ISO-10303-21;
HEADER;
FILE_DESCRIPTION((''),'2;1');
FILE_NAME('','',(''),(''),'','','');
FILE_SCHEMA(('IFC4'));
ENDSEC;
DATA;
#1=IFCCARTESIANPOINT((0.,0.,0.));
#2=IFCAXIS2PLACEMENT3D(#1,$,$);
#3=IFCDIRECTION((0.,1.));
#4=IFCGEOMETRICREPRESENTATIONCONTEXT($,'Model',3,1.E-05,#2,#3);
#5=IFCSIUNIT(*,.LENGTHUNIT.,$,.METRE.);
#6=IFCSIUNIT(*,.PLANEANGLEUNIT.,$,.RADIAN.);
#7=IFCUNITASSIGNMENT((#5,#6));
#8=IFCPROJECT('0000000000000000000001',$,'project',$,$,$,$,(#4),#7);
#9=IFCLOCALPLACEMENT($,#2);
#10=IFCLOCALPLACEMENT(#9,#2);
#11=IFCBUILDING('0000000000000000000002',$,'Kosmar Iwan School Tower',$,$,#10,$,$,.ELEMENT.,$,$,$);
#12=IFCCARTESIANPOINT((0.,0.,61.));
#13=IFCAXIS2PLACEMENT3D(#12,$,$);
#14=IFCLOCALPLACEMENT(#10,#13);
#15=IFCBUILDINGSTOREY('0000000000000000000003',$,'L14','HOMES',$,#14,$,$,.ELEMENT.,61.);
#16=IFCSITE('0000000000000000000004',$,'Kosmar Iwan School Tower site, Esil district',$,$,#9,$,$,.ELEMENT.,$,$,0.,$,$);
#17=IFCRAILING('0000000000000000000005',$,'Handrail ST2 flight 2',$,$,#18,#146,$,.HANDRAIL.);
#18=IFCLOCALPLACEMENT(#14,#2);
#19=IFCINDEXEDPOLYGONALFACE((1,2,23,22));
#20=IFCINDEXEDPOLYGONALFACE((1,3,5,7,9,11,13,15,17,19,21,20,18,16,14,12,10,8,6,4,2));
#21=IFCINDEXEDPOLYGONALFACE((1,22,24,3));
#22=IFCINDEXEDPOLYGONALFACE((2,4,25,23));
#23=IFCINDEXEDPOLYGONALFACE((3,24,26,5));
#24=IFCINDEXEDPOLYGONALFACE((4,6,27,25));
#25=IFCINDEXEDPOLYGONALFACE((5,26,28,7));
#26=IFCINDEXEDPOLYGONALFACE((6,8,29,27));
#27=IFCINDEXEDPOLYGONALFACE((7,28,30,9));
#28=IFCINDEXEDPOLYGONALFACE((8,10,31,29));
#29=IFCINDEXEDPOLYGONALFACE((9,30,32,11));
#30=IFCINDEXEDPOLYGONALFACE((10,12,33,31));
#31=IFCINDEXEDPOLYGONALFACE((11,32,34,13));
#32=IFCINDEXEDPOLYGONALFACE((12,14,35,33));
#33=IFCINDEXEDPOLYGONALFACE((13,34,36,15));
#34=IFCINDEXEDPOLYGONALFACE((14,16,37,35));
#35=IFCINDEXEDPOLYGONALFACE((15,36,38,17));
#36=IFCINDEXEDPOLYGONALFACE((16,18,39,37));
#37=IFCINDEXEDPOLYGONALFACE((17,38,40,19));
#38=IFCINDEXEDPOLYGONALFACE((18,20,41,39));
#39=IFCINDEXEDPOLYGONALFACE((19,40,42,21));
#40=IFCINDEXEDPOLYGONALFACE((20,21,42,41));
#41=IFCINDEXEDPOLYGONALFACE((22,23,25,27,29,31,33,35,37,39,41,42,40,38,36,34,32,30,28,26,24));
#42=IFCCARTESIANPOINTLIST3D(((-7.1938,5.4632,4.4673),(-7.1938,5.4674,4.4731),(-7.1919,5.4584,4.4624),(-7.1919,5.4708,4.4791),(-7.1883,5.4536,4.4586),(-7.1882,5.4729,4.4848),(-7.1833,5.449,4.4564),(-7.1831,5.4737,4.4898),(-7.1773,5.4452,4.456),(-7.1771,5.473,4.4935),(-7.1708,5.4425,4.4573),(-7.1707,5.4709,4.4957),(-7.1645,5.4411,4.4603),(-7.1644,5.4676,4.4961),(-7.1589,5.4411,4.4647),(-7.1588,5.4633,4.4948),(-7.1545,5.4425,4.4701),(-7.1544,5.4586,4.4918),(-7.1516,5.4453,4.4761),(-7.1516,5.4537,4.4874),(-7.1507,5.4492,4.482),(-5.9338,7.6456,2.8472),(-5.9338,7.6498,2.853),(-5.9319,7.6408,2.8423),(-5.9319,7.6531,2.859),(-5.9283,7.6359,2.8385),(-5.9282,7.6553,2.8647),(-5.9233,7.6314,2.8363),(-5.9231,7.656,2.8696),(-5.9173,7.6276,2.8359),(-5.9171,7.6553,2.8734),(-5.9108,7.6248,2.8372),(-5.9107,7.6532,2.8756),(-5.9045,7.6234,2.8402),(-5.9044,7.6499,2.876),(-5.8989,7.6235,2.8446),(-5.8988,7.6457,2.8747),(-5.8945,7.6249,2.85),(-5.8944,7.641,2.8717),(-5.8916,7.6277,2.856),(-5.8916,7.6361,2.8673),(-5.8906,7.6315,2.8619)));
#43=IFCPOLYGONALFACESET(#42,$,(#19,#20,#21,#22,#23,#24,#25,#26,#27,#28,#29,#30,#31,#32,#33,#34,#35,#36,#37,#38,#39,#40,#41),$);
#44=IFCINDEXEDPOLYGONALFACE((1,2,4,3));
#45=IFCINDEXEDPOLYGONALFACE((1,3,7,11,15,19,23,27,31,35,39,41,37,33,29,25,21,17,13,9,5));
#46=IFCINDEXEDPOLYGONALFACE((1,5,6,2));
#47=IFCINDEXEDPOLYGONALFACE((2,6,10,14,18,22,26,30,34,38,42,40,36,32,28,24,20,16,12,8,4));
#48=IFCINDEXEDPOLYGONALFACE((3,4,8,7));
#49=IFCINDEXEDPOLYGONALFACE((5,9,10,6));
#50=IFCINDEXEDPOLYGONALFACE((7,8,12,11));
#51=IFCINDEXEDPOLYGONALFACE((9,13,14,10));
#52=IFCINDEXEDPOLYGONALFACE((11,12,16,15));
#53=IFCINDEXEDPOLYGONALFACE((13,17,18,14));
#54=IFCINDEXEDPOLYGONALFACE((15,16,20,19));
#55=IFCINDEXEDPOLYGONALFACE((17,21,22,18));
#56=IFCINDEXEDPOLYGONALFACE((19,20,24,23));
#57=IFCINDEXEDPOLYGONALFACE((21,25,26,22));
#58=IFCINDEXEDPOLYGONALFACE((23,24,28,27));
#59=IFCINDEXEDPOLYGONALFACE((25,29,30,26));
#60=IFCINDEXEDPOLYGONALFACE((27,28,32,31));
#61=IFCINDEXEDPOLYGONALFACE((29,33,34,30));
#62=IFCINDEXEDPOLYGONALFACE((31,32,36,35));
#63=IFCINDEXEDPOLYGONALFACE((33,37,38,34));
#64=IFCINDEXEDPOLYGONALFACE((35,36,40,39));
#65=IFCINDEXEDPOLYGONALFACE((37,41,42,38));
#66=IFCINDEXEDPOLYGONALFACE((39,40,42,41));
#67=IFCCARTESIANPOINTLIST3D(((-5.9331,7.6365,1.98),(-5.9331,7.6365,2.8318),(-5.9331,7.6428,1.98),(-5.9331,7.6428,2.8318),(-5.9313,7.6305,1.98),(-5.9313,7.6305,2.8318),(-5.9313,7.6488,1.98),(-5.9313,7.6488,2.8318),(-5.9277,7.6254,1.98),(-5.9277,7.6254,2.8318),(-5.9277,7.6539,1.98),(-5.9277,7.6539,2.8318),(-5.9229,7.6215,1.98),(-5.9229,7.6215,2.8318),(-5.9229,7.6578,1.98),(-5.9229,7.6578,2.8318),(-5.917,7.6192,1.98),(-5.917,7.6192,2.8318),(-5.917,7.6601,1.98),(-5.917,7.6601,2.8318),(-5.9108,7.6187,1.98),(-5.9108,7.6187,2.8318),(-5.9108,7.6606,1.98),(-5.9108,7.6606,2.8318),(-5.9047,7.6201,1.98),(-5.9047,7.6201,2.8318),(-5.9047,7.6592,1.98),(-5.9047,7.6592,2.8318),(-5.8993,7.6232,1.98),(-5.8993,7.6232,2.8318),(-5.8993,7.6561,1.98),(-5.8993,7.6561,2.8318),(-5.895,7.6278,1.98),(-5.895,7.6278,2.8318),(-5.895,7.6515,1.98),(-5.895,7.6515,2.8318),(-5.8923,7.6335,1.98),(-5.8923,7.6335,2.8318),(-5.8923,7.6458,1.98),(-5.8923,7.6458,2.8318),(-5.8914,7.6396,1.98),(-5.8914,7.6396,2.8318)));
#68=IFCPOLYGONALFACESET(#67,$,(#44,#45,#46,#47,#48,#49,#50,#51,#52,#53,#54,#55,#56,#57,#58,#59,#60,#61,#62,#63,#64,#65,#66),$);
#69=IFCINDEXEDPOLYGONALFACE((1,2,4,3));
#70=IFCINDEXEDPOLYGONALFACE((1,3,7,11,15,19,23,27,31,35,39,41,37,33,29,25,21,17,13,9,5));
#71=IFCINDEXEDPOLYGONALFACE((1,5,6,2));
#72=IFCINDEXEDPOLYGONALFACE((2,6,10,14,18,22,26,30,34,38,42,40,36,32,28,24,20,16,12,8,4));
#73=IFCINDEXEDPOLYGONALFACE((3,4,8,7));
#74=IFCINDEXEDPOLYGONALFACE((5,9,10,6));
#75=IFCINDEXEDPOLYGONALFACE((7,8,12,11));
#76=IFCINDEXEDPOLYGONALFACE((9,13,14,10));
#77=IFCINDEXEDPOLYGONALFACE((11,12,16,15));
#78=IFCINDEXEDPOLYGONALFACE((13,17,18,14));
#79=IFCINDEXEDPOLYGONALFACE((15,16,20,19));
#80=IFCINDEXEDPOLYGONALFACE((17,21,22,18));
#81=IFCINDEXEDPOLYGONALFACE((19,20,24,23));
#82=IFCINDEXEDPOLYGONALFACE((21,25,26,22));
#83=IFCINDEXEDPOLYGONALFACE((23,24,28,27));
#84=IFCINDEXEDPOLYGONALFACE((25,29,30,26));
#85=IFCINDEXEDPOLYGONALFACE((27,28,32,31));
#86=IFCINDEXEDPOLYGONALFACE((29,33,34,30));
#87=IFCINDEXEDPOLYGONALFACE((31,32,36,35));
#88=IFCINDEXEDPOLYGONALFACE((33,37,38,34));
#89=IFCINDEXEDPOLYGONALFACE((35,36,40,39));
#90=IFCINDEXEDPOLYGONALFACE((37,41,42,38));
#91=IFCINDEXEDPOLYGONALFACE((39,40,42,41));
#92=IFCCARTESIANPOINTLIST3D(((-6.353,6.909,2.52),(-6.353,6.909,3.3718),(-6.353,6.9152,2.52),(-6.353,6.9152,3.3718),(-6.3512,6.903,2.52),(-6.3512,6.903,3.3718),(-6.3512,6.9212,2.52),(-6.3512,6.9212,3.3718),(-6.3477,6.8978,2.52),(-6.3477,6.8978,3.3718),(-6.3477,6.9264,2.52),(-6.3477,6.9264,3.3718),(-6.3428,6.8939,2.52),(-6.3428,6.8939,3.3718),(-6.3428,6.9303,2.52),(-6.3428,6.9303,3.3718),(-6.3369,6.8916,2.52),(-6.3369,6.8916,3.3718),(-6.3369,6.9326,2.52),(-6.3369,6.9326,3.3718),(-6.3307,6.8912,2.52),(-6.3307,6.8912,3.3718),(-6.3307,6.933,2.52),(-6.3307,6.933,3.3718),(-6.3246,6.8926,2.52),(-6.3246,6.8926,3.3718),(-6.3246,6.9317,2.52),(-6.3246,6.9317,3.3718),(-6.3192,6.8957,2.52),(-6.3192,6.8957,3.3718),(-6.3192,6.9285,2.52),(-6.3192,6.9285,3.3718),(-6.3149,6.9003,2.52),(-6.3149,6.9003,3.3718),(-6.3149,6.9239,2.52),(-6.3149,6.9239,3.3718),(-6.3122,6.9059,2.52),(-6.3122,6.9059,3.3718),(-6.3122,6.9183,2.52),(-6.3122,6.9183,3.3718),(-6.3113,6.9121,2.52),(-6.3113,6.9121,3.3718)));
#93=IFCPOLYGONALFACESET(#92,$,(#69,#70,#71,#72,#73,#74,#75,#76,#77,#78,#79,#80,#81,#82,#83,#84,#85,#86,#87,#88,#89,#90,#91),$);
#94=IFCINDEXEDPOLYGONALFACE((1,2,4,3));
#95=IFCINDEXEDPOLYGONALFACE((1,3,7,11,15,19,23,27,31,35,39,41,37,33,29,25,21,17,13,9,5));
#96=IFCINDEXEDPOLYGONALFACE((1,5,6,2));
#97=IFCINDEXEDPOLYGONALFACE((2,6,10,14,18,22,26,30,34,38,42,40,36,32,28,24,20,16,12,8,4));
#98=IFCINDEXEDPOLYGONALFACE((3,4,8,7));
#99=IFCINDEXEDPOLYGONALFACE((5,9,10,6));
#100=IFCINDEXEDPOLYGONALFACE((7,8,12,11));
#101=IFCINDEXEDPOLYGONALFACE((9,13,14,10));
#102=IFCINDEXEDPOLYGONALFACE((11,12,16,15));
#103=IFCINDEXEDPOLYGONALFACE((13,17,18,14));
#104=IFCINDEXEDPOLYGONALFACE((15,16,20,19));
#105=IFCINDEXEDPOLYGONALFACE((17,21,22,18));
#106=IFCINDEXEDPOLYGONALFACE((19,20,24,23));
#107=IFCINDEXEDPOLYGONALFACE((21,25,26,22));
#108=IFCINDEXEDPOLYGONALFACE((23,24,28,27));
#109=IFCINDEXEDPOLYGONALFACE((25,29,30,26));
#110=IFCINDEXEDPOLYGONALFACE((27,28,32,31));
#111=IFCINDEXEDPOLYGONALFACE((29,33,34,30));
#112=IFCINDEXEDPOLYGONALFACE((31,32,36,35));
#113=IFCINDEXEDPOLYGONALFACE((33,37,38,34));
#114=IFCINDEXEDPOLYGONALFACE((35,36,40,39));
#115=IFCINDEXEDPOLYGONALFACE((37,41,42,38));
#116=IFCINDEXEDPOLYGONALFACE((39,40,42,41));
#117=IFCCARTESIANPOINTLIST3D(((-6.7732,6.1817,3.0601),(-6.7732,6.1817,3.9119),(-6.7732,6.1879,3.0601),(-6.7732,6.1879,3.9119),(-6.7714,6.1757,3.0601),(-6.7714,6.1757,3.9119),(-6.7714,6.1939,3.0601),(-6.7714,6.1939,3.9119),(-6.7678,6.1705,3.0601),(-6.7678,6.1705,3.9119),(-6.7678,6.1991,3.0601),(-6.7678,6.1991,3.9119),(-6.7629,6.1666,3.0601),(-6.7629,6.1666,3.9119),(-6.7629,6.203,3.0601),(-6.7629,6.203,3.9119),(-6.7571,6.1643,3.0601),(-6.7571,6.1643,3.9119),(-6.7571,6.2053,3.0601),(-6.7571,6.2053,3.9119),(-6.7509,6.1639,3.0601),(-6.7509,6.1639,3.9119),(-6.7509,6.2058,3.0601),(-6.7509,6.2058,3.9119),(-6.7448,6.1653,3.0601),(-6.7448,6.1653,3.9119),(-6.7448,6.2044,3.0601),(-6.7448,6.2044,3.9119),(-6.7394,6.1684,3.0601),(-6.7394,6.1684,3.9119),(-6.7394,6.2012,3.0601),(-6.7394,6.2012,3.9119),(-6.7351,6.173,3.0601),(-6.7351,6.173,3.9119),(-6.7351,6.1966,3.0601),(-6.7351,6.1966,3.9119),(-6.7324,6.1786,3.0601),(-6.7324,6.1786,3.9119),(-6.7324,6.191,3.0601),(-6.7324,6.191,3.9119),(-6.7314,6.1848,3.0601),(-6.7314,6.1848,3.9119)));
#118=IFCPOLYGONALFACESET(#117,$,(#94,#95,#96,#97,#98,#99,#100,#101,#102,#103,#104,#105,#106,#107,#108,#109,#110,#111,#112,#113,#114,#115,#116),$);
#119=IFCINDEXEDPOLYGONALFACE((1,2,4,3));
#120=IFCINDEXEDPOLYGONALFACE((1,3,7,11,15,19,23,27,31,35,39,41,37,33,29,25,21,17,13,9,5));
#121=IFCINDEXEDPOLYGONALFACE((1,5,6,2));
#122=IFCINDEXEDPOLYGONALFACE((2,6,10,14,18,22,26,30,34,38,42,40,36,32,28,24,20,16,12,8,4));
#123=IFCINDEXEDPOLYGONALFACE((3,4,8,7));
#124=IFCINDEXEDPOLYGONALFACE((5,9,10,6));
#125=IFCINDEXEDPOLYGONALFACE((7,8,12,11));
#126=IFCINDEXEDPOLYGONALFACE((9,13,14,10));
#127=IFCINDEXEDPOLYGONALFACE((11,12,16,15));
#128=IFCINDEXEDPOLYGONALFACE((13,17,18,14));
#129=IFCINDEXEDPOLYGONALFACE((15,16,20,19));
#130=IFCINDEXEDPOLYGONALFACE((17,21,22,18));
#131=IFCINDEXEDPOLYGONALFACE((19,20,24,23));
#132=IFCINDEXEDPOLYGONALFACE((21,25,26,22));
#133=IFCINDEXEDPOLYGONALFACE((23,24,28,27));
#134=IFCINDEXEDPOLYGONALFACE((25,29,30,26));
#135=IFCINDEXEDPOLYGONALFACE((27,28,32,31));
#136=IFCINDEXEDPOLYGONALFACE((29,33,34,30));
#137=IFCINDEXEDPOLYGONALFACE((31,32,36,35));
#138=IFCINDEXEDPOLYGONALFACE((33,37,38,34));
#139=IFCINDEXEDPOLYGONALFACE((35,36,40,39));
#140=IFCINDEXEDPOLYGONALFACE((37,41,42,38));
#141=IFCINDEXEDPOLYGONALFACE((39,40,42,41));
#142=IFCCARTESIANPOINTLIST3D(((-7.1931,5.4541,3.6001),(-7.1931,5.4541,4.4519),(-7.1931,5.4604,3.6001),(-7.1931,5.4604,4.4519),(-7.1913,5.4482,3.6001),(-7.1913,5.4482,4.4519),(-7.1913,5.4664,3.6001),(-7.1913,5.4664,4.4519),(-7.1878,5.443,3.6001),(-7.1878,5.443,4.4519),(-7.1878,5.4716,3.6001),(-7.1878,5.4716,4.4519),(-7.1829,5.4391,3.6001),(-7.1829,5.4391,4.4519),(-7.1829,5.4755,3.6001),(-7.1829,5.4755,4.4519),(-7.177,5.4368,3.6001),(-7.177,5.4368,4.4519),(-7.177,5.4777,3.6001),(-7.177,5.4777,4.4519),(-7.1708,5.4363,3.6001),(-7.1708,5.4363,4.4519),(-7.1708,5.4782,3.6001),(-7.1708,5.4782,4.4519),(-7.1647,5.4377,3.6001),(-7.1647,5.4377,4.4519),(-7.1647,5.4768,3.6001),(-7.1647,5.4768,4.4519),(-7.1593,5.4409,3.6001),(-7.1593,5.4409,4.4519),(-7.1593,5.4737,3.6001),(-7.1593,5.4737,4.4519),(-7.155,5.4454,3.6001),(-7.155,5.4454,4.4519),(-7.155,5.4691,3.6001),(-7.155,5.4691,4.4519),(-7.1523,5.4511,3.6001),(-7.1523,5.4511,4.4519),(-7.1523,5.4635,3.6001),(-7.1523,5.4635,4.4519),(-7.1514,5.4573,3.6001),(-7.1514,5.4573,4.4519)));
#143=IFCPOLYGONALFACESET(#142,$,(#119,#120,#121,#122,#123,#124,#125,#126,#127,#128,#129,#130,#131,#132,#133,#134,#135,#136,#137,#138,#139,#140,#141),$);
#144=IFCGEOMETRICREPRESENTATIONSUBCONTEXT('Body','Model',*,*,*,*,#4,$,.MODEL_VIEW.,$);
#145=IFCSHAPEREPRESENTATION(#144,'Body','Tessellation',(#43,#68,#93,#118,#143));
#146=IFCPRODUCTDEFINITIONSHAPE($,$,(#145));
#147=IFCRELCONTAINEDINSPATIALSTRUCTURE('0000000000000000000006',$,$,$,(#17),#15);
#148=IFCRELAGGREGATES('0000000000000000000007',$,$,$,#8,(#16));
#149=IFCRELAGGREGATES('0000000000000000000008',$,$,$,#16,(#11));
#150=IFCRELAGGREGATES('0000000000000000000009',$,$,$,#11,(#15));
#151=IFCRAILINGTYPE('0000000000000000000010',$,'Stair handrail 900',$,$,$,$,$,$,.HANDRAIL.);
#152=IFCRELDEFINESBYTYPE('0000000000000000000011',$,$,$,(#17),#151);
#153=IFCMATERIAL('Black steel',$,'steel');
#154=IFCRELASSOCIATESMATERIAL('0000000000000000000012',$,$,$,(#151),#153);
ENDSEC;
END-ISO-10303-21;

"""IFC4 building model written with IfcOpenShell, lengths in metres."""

from ifc_helpers import new_model, si_unit, direction, frame, origin, origin_2d, place, context, subcontext, project, spatial, circle, extrude, material, type_object, element, save


model = new_model("IFC4")

# Units and contexts
model_context = context("Model", 3, precision=1e-05, world=origin(), true_north=direction((0.0, 1.0)))
body_context = subcontext(model_context, "Body", "Model", "MODEL_VIEW")
ifc_project = project(units=[si_unit("LENGTHUNIT", "METRE"), si_unit("PLANEANGLEUNIT", "RADIAN")], contexts=[model_context])

# Site, building, storey
site_placement = place(None, origin())
site = spatial("IfcSite", under=ifc_project, at=site_placement, Name="Kosmar Iwan School Tower site, Esil district", CompositionType="ELEMENT", RefElevation=0.0)
building_placement = place(site_placement, origin())
building = spatial("IfcBuilding", under=site, at=building_placement, Name="Kosmar Iwan School Tower", CompositionType="ELEMENT")
storey_placement = place(building_placement, frame((0.0, 0.0, 61.0)))
storey = spatial("IfcBuildingStorey", under=building, at=storey_placement, Name="L14", Description="HOMES", CompositionType="ELEMENT", Elevation=61.0)

# Railing
ifc_material_1 = material(Name="Black steel", Category="steel")
railing_type = type_object("IfcRailingType", Name="Stair handrail 900", PredefinedType="HANDRAIL", material=ifc_material_1)
railing_placement = place(storey_placement, frame((-5.9124, 7.6396, 1.98)))
element("IfcRailing", 1, at=railing_placement, inside=storey, type_object=railing_type, Name="Handrail ST2 flight 2", PredefinedType="HANDRAIL", context=body_context, shape_type="SweptSolid", body=[
    extrude(circle(Radius=0.0239, at=origin_2d()), frame((0.0, 0.0, 0.876), z_axis=(-0.420584, -0.728464, 0.540786), x_axis=(0.866023, -0.500005, 0.0)), (0.0, 0.0, 1.0), 2.9958),
    extrude(circle(Radius=0.021, at=origin_2d()), origin(), (0.0, 0.0, 1.0), 0.8518),
    extrude(circle(Radius=0.021, at=origin_2d()), frame((-0.4199, -0.7275, 0.54)), (0.0, 0.0, 1.0), 0.8518),
    extrude(circle(Radius=0.021, at=origin_2d()), frame((-0.8401, -1.4548, 1.0801)), (0.0, 0.0, 1.0), 0.8518),
    extrude(circle(Radius=0.021, at=origin_2d()), frame((-1.26, -2.1824, 1.6201)), (0.0, 0.0, 1.0), 0.8518),
])

save(model, "model.ifc")
